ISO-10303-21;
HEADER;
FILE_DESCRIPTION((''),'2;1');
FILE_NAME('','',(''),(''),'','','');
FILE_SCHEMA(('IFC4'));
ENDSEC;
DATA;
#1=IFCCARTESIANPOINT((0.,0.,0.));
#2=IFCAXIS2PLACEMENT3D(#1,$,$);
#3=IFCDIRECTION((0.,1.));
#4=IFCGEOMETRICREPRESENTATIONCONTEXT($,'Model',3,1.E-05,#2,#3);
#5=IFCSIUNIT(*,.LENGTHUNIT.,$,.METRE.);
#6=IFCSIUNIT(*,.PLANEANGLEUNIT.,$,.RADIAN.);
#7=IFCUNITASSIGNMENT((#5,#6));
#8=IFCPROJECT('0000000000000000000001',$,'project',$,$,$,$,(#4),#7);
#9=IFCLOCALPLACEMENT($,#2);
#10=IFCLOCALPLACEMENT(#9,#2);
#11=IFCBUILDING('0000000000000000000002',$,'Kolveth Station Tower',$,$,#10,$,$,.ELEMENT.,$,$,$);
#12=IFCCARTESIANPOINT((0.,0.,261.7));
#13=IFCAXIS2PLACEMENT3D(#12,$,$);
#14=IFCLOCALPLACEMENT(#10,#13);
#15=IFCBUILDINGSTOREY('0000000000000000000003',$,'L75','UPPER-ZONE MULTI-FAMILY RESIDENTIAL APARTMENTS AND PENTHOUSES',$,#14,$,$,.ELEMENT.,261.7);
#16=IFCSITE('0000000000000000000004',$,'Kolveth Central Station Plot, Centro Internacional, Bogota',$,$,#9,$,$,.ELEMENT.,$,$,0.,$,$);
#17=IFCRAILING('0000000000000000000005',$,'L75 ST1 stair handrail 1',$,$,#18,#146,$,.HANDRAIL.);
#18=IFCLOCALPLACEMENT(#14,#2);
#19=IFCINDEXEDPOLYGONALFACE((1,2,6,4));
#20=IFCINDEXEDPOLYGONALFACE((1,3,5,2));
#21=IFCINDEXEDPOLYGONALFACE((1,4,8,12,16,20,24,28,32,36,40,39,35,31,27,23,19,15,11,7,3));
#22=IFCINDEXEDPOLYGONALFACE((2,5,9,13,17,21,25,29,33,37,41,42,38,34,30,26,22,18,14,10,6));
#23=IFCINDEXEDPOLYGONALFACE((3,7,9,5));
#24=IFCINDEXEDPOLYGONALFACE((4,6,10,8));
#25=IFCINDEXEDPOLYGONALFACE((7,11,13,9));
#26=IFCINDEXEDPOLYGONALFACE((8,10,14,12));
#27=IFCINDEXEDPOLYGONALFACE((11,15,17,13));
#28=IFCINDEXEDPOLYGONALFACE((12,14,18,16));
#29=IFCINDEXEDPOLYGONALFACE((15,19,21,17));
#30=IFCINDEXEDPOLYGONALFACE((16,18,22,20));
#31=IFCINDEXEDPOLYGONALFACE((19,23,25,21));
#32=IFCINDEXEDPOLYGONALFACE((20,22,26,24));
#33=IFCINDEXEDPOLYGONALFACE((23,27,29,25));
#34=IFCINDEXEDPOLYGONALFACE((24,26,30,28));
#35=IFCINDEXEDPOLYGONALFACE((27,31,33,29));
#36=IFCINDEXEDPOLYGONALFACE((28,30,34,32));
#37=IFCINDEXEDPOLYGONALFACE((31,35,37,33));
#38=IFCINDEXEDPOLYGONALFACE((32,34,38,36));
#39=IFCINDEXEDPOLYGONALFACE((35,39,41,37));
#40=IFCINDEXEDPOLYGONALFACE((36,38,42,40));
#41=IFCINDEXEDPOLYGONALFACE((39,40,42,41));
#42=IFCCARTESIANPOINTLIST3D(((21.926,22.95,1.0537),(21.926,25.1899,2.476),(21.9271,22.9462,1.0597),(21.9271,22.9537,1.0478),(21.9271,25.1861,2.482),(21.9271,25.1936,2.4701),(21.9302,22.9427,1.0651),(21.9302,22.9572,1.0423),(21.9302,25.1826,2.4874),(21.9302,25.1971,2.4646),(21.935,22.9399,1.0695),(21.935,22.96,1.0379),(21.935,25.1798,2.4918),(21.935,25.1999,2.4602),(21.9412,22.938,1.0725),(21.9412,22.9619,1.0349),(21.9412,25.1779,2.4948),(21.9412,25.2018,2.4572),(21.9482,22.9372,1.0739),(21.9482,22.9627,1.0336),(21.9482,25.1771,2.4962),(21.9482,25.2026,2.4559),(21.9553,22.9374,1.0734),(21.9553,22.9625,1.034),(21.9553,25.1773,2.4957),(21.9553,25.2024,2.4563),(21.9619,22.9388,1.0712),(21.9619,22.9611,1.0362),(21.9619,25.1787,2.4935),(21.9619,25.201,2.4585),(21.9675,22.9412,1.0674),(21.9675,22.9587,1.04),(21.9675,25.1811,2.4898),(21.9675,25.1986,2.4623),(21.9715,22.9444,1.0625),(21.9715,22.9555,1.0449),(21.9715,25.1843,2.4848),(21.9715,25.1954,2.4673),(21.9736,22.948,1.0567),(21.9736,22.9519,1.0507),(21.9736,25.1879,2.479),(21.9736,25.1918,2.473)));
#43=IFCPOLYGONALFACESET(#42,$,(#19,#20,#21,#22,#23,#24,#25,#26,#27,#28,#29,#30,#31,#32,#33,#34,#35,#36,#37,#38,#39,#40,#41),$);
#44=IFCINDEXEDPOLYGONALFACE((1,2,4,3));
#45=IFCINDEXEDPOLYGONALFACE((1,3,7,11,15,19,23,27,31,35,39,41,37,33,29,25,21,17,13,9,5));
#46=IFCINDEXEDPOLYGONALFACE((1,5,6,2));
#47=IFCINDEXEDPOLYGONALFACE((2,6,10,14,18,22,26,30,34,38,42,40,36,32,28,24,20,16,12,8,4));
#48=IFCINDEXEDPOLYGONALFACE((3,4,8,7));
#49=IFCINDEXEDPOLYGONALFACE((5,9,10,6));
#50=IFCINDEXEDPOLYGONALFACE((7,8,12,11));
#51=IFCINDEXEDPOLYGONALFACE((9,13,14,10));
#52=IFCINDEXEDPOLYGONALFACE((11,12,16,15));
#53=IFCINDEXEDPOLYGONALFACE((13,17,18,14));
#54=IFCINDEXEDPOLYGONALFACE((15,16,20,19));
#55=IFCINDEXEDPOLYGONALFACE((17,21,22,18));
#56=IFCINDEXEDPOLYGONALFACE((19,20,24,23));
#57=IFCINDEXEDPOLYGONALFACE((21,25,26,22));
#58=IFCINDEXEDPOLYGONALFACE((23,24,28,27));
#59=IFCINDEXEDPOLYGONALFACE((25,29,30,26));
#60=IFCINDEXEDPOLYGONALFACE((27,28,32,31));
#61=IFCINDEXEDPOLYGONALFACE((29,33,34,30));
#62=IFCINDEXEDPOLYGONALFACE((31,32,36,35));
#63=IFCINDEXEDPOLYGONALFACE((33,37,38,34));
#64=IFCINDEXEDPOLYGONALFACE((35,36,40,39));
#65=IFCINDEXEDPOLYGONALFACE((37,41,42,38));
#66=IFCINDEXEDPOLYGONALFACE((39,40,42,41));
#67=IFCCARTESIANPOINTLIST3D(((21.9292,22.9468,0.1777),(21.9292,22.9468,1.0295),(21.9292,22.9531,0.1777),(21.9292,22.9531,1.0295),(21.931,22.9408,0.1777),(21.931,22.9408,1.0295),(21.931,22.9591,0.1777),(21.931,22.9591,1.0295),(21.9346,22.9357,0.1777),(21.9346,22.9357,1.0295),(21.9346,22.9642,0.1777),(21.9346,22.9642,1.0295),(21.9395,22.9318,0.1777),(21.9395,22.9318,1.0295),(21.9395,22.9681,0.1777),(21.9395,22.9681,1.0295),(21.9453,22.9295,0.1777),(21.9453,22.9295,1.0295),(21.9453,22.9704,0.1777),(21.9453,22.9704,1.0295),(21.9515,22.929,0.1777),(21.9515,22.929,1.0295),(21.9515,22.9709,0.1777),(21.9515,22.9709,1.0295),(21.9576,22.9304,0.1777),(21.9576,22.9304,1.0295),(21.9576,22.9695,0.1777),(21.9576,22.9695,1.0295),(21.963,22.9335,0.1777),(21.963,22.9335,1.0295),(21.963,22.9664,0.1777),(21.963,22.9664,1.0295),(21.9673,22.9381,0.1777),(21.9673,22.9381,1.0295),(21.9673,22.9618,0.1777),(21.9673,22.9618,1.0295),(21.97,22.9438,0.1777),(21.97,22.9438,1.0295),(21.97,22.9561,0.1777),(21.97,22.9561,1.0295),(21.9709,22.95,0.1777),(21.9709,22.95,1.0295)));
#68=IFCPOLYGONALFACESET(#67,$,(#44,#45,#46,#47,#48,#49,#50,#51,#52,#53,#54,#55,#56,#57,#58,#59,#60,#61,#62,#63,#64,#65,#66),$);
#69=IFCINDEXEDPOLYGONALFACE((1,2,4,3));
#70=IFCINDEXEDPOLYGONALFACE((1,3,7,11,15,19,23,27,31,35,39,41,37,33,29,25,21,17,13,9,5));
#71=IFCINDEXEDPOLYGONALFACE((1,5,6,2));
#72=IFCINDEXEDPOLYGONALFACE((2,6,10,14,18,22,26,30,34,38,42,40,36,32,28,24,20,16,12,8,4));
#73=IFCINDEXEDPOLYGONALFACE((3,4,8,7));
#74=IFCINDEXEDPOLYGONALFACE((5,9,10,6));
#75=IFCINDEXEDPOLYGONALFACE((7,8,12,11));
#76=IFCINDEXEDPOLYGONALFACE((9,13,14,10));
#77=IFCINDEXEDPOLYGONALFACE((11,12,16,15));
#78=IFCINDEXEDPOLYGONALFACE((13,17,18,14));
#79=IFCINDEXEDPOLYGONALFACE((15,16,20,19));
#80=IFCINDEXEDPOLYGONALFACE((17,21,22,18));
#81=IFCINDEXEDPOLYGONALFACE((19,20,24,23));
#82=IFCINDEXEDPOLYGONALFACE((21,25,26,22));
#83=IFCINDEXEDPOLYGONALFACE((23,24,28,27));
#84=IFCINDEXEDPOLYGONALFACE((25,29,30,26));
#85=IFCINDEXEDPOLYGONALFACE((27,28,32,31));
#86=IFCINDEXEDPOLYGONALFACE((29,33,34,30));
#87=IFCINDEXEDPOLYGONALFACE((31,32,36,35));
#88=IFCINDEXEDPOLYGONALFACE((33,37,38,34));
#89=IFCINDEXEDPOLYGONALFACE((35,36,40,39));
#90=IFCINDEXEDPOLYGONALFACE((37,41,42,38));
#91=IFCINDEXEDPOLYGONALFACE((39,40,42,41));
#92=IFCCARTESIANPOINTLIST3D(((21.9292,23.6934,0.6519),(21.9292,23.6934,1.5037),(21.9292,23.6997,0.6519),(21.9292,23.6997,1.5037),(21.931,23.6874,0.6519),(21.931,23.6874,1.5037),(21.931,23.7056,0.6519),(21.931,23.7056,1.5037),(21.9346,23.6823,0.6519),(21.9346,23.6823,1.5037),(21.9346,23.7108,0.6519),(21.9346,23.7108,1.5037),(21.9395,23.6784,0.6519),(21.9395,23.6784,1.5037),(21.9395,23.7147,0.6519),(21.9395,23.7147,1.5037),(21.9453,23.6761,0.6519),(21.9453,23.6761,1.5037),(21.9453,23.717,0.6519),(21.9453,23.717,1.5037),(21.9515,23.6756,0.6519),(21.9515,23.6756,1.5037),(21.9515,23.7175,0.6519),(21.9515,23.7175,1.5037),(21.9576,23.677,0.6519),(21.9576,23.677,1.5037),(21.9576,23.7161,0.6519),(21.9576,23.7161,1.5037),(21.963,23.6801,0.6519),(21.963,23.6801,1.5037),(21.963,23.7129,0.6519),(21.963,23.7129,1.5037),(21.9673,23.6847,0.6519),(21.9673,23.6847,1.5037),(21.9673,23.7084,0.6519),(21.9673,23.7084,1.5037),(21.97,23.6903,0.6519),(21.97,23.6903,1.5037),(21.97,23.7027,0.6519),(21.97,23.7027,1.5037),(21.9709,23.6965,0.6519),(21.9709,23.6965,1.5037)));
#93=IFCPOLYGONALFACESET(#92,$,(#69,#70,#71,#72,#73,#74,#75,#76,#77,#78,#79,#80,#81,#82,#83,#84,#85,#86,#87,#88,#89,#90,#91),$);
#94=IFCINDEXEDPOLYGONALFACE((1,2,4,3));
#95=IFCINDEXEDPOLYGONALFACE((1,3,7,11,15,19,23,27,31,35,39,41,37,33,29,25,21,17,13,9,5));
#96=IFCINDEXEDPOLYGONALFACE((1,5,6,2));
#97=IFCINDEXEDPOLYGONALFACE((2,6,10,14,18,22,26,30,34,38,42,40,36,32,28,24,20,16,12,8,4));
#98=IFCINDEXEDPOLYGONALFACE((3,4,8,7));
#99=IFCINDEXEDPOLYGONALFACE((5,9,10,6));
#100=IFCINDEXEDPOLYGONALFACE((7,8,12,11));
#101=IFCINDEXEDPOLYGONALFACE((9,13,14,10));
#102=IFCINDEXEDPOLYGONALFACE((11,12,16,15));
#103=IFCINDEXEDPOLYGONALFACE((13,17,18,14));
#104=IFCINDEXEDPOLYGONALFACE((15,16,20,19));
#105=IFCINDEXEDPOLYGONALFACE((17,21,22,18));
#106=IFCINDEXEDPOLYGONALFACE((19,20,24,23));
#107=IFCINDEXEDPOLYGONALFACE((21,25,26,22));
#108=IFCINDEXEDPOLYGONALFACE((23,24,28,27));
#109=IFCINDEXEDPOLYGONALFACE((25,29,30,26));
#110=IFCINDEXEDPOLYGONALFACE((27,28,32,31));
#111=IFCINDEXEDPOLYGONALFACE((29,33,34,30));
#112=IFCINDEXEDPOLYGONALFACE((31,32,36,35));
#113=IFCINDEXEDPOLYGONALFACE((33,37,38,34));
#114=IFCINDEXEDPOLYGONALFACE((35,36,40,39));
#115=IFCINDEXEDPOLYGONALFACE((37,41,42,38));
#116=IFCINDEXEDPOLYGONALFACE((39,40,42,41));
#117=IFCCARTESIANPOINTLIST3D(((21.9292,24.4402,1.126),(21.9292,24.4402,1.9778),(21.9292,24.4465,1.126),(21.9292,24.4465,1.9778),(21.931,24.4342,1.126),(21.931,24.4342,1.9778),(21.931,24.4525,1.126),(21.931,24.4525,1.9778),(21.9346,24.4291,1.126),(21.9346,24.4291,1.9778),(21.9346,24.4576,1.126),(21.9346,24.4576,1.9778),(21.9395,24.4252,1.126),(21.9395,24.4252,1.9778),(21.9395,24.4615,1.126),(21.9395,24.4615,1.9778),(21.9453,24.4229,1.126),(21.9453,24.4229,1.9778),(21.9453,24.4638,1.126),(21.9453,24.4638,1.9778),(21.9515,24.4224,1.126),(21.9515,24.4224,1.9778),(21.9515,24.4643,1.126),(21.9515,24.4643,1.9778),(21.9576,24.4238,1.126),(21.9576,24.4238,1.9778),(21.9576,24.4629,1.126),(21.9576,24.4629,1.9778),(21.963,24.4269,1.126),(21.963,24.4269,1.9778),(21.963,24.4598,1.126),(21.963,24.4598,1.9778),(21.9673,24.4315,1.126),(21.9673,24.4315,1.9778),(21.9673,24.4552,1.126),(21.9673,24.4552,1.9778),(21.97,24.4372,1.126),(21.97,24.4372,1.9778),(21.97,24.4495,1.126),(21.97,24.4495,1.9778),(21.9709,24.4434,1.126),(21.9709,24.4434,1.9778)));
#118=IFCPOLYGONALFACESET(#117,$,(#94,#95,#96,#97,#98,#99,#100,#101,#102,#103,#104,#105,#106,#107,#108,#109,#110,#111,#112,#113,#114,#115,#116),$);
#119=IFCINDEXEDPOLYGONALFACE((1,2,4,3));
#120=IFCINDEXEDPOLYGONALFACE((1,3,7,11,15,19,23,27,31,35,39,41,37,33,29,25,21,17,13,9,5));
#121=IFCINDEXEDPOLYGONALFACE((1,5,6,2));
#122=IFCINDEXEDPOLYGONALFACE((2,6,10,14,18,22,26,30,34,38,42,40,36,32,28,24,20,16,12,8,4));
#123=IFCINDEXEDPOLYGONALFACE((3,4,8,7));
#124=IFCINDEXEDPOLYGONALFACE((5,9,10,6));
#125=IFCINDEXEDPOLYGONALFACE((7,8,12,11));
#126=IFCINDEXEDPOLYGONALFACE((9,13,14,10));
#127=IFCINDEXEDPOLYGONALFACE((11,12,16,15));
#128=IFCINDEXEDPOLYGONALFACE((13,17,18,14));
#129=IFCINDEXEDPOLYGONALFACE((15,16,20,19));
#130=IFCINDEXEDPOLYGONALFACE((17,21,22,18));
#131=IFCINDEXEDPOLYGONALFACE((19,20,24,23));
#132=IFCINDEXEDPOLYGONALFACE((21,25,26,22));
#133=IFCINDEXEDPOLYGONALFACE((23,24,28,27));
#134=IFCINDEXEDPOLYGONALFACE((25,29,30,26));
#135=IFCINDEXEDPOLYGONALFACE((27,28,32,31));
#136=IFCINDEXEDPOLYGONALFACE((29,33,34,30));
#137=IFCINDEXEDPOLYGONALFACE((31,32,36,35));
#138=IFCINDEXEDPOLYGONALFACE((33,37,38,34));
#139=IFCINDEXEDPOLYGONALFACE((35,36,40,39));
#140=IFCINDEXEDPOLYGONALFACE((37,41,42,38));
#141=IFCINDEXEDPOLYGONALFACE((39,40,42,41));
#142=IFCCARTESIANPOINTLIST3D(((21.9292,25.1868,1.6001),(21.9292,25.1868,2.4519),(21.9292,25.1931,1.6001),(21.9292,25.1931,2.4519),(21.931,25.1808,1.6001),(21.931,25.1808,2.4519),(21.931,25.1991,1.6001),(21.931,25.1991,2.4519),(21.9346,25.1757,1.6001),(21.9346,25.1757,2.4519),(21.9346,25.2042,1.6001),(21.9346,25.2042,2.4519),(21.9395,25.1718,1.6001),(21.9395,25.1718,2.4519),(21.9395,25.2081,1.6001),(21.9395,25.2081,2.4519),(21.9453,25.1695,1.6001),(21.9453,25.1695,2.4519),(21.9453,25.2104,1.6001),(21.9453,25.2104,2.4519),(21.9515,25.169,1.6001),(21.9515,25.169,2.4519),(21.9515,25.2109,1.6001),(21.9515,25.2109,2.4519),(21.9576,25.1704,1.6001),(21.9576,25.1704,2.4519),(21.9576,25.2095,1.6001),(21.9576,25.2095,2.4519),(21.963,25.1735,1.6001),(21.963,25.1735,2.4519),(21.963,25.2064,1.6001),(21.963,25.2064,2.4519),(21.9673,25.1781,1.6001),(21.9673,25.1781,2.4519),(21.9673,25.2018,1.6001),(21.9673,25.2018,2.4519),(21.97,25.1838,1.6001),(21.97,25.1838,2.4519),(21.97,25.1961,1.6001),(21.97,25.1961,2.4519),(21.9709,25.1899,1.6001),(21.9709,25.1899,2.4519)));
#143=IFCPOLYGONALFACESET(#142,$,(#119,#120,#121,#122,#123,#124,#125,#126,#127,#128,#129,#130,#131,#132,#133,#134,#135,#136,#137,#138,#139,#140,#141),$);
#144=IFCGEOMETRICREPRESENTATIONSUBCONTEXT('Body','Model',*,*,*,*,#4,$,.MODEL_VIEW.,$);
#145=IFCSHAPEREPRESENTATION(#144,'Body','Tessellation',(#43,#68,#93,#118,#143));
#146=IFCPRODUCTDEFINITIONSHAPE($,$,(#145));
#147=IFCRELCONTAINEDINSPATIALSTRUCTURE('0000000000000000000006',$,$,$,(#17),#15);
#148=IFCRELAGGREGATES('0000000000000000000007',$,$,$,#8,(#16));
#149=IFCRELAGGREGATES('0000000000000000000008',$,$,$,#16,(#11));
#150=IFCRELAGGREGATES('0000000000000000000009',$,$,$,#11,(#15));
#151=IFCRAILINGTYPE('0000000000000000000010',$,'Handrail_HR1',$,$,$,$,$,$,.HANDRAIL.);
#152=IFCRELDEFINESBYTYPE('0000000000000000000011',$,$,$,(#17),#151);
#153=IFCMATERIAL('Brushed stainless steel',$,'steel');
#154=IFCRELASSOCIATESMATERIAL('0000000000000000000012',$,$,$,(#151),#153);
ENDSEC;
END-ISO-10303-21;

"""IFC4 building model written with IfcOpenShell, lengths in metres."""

from ifc_helpers import new_model, si_unit, direction, frame, origin, origin_2d, place, context, subcontext, project, spatial, circle, extrude, material, type_object, element, save


model = new_model("IFC4")

# Units and contexts
model_context = context("Model", 3, precision=1e-05, world=origin(), true_north=direction((0.0, 1.0)))
body_context = subcontext(model_context, "Body", "Model", "MODEL_VIEW")
ifc_project = project(units=[si_unit("LENGTHUNIT", "METRE"), si_unit("PLANEANGLEUNIT", "RADIAN")], contexts=[model_context])

# Site, building, storey
site_placement = place(None, origin())
site = spatial("IfcSite", under=ifc_project, at=site_placement, Name="Kolveth Central Station Plot, Centro Internacional, Bogota", CompositionType="ELEMENT", RefElevation=0.0)
building_placement = place(site_placement, origin())
building = spatial("IfcBuilding", under=site, at=building_placement, Name="Kolveth Station Tower", CompositionType="ELEMENT")
storey_placement = place(building_placement, frame((0.0, 0.0, 261.7)))
storey = spatial("IfcBuildingStorey", under=building, at=storey_placement, Name="L75", Description="UPPER-ZONE MULTI-FAMILY RESIDENTIAL APARTMENTS AND PENTHOUSES", CompositionType="ELEMENT", Elevation=261.7)

# Railing
ifc_material_1 = material(Name="Brushed stainless steel", Category="steel")
railing_type_1 = type_object("IfcRailingType", Name="Handrail_HR1", PredefinedType="HANDRAIL", material=ifc_material_1)
for number, where, name in (
    (1, (21.95, 22.95, 0.1777), "L75 ST1 stair handrail 1"),
):
    element("IfcRailing", number, at=place(storey_placement, frame(where)), inside=storey, type_object=railing_type_1, Name=name, PredefinedType="HANDRAIL", context=body_context, shape_type="SweptSolid", body=[
        extrude(circle(Radius=0.0239, at=origin_2d()), frame((0.0, 0.0, 0.876), z_axis=(0.0, 0.844188, 0.536048), x_axis=(-1.0, 0.0, 0.0)), (0.0, 0.0, 1.0), 2.6533),
        extrude(circle(Radius=0.021, at=origin_2d()), origin(), (0.0, 0.0, 1.0), 0.8518),
        extrude(circle(Radius=0.021, at=origin_2d()), frame((0.0, 0.7466, 0.4741)), (0.0, 0.0, 1.0), 0.8518),
        extrude(circle(Radius=0.021, at=origin_2d()), frame((0.0, 1.4934, 0.9482)), (0.0, 0.0, 1.0), 0.8518),
        extrude(circle(Radius=0.021, at=origin_2d()), frame((0.0, 2.24, 1.4224)), (0.0, 0.0, 1.0), 0.8518),
    ])

save(model, "model.ifc")
